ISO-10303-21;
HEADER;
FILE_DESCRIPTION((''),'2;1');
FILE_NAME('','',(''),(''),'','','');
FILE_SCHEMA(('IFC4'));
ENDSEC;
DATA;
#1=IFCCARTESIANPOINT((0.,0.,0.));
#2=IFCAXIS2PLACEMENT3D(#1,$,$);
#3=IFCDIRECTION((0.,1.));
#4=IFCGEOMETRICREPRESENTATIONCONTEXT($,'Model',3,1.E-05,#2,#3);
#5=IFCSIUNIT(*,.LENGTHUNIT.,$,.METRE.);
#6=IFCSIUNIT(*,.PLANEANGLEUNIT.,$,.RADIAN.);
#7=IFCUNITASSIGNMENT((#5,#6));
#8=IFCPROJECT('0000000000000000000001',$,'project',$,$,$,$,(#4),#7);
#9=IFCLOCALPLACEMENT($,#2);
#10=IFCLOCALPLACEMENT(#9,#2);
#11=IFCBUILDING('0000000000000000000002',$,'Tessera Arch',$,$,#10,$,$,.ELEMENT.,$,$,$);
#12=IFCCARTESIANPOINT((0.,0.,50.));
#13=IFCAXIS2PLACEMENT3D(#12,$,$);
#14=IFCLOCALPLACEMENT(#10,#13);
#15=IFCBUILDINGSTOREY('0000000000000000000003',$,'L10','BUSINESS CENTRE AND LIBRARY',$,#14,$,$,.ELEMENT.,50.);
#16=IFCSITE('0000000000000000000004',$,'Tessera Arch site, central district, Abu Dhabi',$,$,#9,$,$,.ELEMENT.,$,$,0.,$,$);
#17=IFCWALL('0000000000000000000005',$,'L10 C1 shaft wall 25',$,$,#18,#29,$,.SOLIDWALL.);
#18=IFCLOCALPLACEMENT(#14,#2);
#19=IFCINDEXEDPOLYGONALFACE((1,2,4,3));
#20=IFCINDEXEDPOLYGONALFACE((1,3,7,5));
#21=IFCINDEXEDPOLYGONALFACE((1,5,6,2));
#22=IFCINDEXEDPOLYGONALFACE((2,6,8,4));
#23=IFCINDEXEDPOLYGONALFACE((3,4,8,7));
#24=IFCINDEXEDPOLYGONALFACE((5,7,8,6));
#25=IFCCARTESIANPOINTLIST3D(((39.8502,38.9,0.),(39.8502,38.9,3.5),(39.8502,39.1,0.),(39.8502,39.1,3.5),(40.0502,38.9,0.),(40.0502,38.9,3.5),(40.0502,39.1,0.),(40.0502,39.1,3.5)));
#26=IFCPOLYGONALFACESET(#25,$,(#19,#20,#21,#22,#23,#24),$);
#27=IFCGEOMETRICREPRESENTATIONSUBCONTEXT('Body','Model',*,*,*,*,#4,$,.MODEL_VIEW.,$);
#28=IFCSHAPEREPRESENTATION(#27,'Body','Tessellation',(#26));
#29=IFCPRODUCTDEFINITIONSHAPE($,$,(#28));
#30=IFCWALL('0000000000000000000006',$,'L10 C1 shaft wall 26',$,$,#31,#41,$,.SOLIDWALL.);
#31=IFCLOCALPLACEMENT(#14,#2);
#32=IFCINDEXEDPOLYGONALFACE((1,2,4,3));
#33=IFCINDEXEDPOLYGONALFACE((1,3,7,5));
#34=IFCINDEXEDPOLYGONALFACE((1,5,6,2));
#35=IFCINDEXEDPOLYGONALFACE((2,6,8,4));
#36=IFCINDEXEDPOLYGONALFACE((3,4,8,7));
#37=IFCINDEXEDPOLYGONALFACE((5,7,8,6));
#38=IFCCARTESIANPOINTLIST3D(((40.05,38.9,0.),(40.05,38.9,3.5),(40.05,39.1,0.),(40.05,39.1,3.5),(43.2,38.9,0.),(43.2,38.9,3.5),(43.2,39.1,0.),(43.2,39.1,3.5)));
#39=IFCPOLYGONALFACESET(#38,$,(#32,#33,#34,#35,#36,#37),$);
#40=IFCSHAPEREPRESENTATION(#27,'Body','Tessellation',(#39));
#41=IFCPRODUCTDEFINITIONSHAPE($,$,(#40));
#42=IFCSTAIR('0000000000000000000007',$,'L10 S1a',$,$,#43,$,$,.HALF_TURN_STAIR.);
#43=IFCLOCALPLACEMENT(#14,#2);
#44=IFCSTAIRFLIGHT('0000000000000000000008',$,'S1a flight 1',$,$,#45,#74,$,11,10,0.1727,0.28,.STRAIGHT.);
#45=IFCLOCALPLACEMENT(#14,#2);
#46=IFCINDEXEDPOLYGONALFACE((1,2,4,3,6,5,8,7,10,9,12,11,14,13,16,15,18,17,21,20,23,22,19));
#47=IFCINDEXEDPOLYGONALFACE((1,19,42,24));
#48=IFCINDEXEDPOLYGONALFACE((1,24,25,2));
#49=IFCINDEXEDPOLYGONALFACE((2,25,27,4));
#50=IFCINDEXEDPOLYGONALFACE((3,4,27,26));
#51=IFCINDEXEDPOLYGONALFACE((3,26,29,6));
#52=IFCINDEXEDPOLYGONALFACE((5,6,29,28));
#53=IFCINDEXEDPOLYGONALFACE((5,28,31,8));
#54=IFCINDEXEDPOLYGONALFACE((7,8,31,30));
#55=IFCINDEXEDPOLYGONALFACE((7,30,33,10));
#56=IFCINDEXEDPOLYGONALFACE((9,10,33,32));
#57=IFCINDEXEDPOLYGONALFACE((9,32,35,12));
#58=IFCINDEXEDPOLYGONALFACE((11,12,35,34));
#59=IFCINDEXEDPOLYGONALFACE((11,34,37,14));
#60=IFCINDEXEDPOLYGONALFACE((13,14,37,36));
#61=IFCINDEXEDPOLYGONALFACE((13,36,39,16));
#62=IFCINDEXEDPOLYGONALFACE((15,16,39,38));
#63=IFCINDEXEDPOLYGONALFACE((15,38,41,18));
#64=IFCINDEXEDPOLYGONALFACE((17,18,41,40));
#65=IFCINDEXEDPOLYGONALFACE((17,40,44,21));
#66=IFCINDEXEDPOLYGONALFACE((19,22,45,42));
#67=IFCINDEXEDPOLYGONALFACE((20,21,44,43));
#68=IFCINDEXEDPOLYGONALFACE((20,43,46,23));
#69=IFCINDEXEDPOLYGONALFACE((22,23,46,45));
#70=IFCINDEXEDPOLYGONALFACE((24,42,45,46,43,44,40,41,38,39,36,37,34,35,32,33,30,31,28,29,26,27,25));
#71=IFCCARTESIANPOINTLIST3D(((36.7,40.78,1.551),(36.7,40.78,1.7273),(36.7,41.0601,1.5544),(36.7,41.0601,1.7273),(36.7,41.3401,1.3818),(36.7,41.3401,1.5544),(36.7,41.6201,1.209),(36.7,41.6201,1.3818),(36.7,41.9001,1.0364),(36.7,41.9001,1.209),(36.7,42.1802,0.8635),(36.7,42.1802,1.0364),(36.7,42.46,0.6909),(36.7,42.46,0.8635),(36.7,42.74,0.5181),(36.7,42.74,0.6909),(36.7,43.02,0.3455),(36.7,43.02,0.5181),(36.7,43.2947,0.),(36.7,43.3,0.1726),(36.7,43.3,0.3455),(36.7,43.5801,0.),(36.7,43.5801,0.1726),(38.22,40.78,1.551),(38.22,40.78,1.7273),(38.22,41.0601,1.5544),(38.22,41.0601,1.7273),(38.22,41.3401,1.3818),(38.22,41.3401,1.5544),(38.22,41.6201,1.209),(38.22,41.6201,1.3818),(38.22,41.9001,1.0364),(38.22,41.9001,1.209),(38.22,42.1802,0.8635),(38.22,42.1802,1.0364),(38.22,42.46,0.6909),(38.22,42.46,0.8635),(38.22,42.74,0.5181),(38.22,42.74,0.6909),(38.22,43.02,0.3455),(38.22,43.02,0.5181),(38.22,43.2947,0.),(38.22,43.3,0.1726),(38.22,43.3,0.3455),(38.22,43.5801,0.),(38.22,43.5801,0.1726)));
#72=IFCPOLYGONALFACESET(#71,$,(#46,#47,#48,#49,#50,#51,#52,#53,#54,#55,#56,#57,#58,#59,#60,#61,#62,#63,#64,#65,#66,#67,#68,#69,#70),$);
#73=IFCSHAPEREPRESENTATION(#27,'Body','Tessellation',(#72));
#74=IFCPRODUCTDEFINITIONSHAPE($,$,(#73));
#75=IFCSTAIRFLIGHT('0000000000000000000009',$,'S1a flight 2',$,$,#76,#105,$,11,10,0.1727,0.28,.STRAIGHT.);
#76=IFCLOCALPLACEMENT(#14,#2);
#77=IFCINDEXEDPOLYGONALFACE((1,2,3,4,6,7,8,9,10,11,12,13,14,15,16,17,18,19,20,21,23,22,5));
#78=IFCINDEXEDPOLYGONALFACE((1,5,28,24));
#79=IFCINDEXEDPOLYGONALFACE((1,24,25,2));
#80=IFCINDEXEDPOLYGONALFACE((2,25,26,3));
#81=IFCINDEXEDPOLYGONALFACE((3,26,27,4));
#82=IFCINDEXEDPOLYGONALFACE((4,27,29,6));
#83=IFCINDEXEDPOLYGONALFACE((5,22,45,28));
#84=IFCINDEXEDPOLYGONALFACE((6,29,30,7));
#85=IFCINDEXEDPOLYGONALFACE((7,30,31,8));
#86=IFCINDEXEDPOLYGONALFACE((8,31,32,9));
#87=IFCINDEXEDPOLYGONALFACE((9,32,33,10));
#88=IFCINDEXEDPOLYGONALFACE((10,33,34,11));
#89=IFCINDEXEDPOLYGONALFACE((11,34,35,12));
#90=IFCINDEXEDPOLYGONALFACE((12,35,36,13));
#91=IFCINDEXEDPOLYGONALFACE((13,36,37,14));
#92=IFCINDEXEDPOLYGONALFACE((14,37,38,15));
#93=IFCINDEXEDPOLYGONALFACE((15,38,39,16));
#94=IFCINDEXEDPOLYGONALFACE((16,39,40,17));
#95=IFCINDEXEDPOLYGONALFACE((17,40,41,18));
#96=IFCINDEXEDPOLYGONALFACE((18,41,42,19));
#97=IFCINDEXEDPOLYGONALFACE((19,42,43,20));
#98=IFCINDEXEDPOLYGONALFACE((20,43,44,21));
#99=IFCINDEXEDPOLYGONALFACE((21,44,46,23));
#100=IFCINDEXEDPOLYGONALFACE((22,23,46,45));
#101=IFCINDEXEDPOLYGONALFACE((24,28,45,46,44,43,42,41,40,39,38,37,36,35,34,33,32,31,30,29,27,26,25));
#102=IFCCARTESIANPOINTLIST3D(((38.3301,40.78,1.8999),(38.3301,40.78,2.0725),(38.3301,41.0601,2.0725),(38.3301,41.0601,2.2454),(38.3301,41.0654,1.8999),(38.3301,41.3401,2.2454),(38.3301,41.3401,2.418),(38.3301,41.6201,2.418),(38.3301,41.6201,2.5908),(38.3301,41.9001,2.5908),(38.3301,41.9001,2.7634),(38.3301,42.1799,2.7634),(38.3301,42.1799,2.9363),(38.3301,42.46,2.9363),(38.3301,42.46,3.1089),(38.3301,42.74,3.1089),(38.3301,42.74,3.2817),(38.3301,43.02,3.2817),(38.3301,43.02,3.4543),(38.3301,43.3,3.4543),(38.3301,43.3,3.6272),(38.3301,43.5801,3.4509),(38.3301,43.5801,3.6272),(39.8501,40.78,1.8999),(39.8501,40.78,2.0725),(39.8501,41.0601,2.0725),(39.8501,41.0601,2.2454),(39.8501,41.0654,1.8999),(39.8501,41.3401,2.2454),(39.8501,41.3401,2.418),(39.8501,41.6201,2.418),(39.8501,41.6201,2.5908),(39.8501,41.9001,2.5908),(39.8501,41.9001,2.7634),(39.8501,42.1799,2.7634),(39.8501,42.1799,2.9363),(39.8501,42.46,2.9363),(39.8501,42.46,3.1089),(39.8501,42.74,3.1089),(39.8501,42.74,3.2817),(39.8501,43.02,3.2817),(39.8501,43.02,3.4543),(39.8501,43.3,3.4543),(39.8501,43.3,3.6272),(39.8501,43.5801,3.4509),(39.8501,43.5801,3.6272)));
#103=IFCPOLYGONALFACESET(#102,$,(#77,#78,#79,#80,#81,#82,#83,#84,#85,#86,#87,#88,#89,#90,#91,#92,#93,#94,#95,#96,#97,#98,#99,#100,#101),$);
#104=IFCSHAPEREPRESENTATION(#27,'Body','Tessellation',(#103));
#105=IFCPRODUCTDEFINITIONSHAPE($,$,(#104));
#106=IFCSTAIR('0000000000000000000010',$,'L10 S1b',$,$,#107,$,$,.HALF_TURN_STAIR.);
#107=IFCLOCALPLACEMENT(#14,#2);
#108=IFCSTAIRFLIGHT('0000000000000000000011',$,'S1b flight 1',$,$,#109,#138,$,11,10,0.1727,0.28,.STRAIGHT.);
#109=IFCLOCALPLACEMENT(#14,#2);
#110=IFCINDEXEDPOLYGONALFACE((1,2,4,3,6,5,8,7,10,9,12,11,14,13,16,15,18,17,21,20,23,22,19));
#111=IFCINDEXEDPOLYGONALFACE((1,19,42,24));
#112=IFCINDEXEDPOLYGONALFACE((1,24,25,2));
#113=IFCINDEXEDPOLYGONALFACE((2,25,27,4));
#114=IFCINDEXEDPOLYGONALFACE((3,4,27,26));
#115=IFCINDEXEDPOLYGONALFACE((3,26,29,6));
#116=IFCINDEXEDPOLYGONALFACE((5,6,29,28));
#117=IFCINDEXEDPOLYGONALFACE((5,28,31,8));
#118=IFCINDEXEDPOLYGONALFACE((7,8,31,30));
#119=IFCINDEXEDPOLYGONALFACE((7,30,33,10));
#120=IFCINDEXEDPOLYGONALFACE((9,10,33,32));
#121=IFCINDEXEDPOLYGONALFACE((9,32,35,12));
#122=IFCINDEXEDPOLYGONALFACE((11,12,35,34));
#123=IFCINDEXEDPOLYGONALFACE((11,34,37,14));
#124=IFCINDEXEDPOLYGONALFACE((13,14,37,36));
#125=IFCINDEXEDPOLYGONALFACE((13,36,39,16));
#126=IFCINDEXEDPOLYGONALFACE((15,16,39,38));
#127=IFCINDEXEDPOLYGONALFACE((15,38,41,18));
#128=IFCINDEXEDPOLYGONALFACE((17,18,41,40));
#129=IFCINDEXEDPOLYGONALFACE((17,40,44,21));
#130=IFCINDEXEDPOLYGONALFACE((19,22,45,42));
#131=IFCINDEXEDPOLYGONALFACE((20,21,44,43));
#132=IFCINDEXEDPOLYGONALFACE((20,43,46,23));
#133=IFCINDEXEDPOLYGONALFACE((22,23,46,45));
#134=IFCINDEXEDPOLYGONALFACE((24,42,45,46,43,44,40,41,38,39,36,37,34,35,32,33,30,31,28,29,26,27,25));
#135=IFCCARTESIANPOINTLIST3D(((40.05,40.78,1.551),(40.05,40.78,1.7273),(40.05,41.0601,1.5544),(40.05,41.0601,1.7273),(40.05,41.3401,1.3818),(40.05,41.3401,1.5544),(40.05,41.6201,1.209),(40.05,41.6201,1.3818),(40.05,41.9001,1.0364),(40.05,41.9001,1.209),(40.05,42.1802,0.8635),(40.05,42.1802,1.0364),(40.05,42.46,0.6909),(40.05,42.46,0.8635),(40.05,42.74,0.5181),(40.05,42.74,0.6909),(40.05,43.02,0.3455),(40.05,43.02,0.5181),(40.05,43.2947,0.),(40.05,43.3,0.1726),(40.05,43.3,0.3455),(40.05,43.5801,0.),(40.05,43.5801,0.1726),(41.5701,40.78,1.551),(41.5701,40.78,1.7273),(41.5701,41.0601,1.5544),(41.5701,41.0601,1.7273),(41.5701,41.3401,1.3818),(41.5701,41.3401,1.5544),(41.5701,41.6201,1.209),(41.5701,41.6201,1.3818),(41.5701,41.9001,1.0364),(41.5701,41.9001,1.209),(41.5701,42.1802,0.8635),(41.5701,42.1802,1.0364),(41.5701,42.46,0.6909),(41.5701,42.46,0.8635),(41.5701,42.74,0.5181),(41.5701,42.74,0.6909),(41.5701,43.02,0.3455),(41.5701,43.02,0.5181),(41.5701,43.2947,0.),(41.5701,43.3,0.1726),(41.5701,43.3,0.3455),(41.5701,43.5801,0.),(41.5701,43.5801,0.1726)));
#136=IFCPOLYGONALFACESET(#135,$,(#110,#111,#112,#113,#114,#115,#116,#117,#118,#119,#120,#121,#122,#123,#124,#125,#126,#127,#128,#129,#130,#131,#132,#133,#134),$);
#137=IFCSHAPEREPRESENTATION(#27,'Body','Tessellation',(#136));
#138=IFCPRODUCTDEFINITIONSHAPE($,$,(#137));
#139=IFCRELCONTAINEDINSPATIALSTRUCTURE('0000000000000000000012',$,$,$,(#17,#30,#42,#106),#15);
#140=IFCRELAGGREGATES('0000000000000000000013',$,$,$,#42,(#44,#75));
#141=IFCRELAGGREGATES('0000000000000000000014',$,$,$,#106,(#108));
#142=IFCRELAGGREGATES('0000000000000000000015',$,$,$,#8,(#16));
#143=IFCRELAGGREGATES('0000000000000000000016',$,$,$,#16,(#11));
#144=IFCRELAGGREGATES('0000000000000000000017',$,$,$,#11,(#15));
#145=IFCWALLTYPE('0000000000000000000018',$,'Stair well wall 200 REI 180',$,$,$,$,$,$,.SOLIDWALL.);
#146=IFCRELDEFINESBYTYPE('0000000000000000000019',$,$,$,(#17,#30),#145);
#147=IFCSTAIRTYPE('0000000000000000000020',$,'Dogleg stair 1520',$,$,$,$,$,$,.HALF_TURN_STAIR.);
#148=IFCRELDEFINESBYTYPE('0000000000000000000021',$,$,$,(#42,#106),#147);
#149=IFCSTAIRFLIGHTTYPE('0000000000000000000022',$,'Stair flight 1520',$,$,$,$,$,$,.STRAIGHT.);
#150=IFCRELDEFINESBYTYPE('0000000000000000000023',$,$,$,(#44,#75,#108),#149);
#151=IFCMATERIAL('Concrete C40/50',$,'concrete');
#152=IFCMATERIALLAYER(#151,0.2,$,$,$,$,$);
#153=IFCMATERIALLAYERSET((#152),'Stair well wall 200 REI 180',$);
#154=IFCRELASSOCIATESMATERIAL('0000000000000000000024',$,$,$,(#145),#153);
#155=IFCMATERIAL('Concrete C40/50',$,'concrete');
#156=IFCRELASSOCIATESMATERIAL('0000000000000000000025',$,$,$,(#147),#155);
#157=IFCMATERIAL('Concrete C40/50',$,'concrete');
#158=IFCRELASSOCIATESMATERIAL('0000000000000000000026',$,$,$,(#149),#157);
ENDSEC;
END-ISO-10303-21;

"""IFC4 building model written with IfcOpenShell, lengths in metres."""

from ifc_helpers import new_model, si_unit, direction, frame, frame_2d, origin, place, context, subcontext, project, spatial, polyline, rectangle, outline, extrude, material, layer, layer_set, type_object, element, aggregate, save


model = new_model("IFC4")

# Units and contexts
model_context = context("Model", 3, precision=1e-05, world=origin(), true_north=direction((0.0, 1.0)))
body_context = subcontext(model_context, "Body", "Model", "MODEL_VIEW")
ifc_project = project(units=[si_unit("LENGTHUNIT", "METRE"), si_unit("PLANEANGLEUNIT", "RADIAN")], contexts=[model_context])

# Site, building, storey
site_placement = place(None, origin())
site = spatial("IfcSite", under=ifc_project, at=site_placement, Name="Tessera Arch site, central district, Abu Dhabi", CompositionType="ELEMENT", RefElevation=0.0)
building_placement = place(site_placement, origin())
building = spatial("IfcBuilding", under=site, at=building_placement, Name="Tessera Arch", CompositionType="ELEMENT")
storey_placement = place(building_placement, frame((0.0, 0.0, 50.0)))
storey = spatial("IfcBuildingStorey", under=building, at=storey_placement, Name="L10", Description="BUSINESS CENTRE AND LIBRARY", CompositionType="ELEMENT", Elevation=50.0)

# Walls
ifc_material_1 = material(Name="Concrete C40/50", Category="concrete")
ifc_layer_1 = layer(ifc_material_1, 0.2)
ifc_layer_set_1 = layer_set([ifc_layer_1], Name="Stair well wall 200 REI 180")
wall_type_1 = type_object("IfcWallType", Name="Stair well wall 200 REI 180", PredefinedType="SOLIDWALL", material=ifc_layer_set_1)
wall_1_placement = place(storey_placement, frame((39.8501, 39.0, 0.0), z_axis=(0.0, 0.0, 1.0), x_axis=(1.0, 0.0, 0.0)))
element("IfcWall", 1, at=wall_1_placement, inside=storey, type_object=wall_type_1, Name="L10 C1 shaft wall 25", PredefinedType="SOLIDWALL", context=body_context, shape_type="SweptSolid", body=[
    extrude(rectangle(XDim=0.2, YDim=0.2, at=frame_2d((0.1001, 0.0))), origin(), (0.0, 0.0, 1.0), 3.5),
])
wall_2_placement = place(storey_placement, frame((40.05, 39.0, 0.0), z_axis=(0.0, 0.0, 1.0), x_axis=(1.0, 0.0, 0.0)))
element("IfcWall", 2, at=wall_2_placement, inside=storey, type_object=wall_type_1, Name="L10 C1 shaft wall 26", PredefinedType="SOLIDWALL", context=body_context, shape_type="SweptSolid", body=[
    extrude(rectangle(XDim=3.1499, YDim=0.2, at=frame_2d((1.575, 0.0))), origin(), (0.0, 0.0, 1.0), 3.5),
])

# Stair, stair flights
ifc_material_2 = material(Name="Concrete C40/50", Category="concrete")
stair_type = type_object("IfcStairType", Name="Dogleg stair 1520", PredefinedType="HALF_TURN_STAIR", material=ifc_material_2)
stair_1_placement = place(storey_placement, origin())
stair_1 = element("IfcStair", 3, at=stair_1_placement, inside=storey, type_object=stair_type, Name="L10 S1a", PredefinedType="HALF_TURN_STAIR")
ifc_material_3 = material(Name="Concrete C40/50", Category="concrete")
stair_flight_type = type_object("IfcStairFlightType", Name="Stair flight 1520", PredefinedType="STRAIGHT", material=ifc_material_3)
stair_flight_1_placement = place(storey_placement, frame((37.46, 43.5801, 0.0), z_axis=(0.0, 0.0, 1.0), x_axis=(0.0, -1.0, 0.0)))
stair_flight_1 = element("IfcStairFlight", 4, at=stair_flight_1_placement, type_object=stair_flight_type, Name="S1a flight 1", NumberOfRisers=11, NumberOfTreads=10, PredefinedType="STRAIGHT", RiserHeight=0.1727, TreadLength=0.28, context=body_context, shape_type="SweptSolid", body=[
    extrude(outline(polyline([(0.0, 0.0), (0.0, 0.1726), (0.28, 0.1726), (0.28, 0.3455), (0.5601, 0.3455), (0.5601, 0.5181), (0.8401, 0.5181), (0.8401, 0.6909), (1.1201, 0.6909), (1.1201, 0.8635), (1.3999, 0.8635), (1.3999, 1.0364), (1.6799, 1.0364), (1.6799, 1.209), (1.96, 1.209), (1.96, 1.3818), (2.24, 1.3818), (2.24, 1.5544), (2.52, 1.5544), (2.52, 1.7273), (2.8, 1.7273), (2.8, 1.8999), (2.8, 1.551), (0.2854, 0.0), (0.0, 0.0)])), frame((0.0, 0.76, 0.0), z_axis=(0.0, -1.0, 0.0), x_axis=(1.0, 0.0, 0.0)), (0.0, 0.0, 1.0), 1.52),
])
stair_flight_2_placement = place(storey_placement, frame((39.0901, 40.78, 1.8999), z_axis=(0.0, 0.0, 1.0), x_axis=(0.0, 1.0, 0.0)))
stair_flight_2 = element("IfcStairFlight", 5, at=stair_flight_2_placement, type_object=stair_flight_type, Name="S1a flight 2", NumberOfRisers=11, NumberOfTreads=10, PredefinedType="STRAIGHT", RiserHeight=0.1727, TreadLength=0.28, context=body_context, shape_type="SweptSolid", body=[
    extrude(outline(polyline([(0.0, 0.0), (0.0, 0.1726), (0.28, 0.1726), (0.28, 0.3455), (0.5601, 0.3455), (0.5601, 0.5181), (0.8401, 0.5181), (0.8401, 0.6909), (1.1201, 0.6909), (1.1201, 0.8635), (1.3999, 0.8635), (1.3999, 1.0364), (1.6799, 1.0364), (1.6799, 1.209), (1.96, 1.209), (1.96, 1.3818), (2.24, 1.3818), (2.24, 1.5544), (2.52, 1.5544), (2.52, 1.7273), (2.8, 1.7273), (2.8, 1.8999), (2.8, 1.551), (0.2854, 0.0), (0.0, 0.0)])), frame((0.0, 0.76, 0.0), z_axis=(0.0, -1.0, 0.0), x_axis=(1.0, 0.0, 0.0)), (0.0, 0.0, 1.0), 1.52),
])
aggregate(stair_1, [stair_flight_1, stair_flight_2])

# Stair, stair flight
stair_2_placement = place(storey_placement, origin())
stair_2 = element("IfcStair", 6, at=stair_2_placement, inside=storey, type_object=stair_type, Name="L10 S1b", PredefinedType="HALF_TURN_STAIR")
stair_flight_3_placement = place(storey_placement, frame((40.8101, 43.5801, 0.0), z_axis=(0.0, 0.0, 1.0), x_axis=(0.0, -1.0, 0.0)))
stair_flight_3 = element("IfcStairFlight", 7, at=stair_flight_3_placement, type_object=stair_flight_type, Name="S1b flight 1", NumberOfRisers=11, NumberOfTreads=10, PredefinedType="STRAIGHT", RiserHeight=0.1727, TreadLength=0.28, context=body_context, shape_type="SweptSolid", body=[
    extrude(outline(polyline([(0.0, 0.0), (0.0, 0.1726), (0.28, 0.1726), (0.28, 0.3455), (0.5601, 0.3455), (0.5601, 0.5181), (0.8401, 0.5181), (0.8401, 0.6909), (1.1201, 0.6909), (1.1201, 0.8635), (1.3999, 0.8635), (1.3999, 1.0364), (1.6799, 1.0364), (1.6799, 1.209), (1.96, 1.209), (1.96, 1.3818), (2.24, 1.3818), (2.24, 1.5544), (2.52, 1.5544), (2.52, 1.7273), (2.8, 1.7273), (2.8, 1.8999), (2.8, 1.551), (0.2854, 0.0), (0.0, 0.0)])), frame((0.0, 0.76, 0.0), z_axis=(0.0, -1.0, 0.0), x_axis=(1.0, 0.0, 0.0)), (0.0, 0.0, 1.0), 1.52),
])
aggregate(stair_2, [stair_flight_3])

save(model, "model.ifc")
